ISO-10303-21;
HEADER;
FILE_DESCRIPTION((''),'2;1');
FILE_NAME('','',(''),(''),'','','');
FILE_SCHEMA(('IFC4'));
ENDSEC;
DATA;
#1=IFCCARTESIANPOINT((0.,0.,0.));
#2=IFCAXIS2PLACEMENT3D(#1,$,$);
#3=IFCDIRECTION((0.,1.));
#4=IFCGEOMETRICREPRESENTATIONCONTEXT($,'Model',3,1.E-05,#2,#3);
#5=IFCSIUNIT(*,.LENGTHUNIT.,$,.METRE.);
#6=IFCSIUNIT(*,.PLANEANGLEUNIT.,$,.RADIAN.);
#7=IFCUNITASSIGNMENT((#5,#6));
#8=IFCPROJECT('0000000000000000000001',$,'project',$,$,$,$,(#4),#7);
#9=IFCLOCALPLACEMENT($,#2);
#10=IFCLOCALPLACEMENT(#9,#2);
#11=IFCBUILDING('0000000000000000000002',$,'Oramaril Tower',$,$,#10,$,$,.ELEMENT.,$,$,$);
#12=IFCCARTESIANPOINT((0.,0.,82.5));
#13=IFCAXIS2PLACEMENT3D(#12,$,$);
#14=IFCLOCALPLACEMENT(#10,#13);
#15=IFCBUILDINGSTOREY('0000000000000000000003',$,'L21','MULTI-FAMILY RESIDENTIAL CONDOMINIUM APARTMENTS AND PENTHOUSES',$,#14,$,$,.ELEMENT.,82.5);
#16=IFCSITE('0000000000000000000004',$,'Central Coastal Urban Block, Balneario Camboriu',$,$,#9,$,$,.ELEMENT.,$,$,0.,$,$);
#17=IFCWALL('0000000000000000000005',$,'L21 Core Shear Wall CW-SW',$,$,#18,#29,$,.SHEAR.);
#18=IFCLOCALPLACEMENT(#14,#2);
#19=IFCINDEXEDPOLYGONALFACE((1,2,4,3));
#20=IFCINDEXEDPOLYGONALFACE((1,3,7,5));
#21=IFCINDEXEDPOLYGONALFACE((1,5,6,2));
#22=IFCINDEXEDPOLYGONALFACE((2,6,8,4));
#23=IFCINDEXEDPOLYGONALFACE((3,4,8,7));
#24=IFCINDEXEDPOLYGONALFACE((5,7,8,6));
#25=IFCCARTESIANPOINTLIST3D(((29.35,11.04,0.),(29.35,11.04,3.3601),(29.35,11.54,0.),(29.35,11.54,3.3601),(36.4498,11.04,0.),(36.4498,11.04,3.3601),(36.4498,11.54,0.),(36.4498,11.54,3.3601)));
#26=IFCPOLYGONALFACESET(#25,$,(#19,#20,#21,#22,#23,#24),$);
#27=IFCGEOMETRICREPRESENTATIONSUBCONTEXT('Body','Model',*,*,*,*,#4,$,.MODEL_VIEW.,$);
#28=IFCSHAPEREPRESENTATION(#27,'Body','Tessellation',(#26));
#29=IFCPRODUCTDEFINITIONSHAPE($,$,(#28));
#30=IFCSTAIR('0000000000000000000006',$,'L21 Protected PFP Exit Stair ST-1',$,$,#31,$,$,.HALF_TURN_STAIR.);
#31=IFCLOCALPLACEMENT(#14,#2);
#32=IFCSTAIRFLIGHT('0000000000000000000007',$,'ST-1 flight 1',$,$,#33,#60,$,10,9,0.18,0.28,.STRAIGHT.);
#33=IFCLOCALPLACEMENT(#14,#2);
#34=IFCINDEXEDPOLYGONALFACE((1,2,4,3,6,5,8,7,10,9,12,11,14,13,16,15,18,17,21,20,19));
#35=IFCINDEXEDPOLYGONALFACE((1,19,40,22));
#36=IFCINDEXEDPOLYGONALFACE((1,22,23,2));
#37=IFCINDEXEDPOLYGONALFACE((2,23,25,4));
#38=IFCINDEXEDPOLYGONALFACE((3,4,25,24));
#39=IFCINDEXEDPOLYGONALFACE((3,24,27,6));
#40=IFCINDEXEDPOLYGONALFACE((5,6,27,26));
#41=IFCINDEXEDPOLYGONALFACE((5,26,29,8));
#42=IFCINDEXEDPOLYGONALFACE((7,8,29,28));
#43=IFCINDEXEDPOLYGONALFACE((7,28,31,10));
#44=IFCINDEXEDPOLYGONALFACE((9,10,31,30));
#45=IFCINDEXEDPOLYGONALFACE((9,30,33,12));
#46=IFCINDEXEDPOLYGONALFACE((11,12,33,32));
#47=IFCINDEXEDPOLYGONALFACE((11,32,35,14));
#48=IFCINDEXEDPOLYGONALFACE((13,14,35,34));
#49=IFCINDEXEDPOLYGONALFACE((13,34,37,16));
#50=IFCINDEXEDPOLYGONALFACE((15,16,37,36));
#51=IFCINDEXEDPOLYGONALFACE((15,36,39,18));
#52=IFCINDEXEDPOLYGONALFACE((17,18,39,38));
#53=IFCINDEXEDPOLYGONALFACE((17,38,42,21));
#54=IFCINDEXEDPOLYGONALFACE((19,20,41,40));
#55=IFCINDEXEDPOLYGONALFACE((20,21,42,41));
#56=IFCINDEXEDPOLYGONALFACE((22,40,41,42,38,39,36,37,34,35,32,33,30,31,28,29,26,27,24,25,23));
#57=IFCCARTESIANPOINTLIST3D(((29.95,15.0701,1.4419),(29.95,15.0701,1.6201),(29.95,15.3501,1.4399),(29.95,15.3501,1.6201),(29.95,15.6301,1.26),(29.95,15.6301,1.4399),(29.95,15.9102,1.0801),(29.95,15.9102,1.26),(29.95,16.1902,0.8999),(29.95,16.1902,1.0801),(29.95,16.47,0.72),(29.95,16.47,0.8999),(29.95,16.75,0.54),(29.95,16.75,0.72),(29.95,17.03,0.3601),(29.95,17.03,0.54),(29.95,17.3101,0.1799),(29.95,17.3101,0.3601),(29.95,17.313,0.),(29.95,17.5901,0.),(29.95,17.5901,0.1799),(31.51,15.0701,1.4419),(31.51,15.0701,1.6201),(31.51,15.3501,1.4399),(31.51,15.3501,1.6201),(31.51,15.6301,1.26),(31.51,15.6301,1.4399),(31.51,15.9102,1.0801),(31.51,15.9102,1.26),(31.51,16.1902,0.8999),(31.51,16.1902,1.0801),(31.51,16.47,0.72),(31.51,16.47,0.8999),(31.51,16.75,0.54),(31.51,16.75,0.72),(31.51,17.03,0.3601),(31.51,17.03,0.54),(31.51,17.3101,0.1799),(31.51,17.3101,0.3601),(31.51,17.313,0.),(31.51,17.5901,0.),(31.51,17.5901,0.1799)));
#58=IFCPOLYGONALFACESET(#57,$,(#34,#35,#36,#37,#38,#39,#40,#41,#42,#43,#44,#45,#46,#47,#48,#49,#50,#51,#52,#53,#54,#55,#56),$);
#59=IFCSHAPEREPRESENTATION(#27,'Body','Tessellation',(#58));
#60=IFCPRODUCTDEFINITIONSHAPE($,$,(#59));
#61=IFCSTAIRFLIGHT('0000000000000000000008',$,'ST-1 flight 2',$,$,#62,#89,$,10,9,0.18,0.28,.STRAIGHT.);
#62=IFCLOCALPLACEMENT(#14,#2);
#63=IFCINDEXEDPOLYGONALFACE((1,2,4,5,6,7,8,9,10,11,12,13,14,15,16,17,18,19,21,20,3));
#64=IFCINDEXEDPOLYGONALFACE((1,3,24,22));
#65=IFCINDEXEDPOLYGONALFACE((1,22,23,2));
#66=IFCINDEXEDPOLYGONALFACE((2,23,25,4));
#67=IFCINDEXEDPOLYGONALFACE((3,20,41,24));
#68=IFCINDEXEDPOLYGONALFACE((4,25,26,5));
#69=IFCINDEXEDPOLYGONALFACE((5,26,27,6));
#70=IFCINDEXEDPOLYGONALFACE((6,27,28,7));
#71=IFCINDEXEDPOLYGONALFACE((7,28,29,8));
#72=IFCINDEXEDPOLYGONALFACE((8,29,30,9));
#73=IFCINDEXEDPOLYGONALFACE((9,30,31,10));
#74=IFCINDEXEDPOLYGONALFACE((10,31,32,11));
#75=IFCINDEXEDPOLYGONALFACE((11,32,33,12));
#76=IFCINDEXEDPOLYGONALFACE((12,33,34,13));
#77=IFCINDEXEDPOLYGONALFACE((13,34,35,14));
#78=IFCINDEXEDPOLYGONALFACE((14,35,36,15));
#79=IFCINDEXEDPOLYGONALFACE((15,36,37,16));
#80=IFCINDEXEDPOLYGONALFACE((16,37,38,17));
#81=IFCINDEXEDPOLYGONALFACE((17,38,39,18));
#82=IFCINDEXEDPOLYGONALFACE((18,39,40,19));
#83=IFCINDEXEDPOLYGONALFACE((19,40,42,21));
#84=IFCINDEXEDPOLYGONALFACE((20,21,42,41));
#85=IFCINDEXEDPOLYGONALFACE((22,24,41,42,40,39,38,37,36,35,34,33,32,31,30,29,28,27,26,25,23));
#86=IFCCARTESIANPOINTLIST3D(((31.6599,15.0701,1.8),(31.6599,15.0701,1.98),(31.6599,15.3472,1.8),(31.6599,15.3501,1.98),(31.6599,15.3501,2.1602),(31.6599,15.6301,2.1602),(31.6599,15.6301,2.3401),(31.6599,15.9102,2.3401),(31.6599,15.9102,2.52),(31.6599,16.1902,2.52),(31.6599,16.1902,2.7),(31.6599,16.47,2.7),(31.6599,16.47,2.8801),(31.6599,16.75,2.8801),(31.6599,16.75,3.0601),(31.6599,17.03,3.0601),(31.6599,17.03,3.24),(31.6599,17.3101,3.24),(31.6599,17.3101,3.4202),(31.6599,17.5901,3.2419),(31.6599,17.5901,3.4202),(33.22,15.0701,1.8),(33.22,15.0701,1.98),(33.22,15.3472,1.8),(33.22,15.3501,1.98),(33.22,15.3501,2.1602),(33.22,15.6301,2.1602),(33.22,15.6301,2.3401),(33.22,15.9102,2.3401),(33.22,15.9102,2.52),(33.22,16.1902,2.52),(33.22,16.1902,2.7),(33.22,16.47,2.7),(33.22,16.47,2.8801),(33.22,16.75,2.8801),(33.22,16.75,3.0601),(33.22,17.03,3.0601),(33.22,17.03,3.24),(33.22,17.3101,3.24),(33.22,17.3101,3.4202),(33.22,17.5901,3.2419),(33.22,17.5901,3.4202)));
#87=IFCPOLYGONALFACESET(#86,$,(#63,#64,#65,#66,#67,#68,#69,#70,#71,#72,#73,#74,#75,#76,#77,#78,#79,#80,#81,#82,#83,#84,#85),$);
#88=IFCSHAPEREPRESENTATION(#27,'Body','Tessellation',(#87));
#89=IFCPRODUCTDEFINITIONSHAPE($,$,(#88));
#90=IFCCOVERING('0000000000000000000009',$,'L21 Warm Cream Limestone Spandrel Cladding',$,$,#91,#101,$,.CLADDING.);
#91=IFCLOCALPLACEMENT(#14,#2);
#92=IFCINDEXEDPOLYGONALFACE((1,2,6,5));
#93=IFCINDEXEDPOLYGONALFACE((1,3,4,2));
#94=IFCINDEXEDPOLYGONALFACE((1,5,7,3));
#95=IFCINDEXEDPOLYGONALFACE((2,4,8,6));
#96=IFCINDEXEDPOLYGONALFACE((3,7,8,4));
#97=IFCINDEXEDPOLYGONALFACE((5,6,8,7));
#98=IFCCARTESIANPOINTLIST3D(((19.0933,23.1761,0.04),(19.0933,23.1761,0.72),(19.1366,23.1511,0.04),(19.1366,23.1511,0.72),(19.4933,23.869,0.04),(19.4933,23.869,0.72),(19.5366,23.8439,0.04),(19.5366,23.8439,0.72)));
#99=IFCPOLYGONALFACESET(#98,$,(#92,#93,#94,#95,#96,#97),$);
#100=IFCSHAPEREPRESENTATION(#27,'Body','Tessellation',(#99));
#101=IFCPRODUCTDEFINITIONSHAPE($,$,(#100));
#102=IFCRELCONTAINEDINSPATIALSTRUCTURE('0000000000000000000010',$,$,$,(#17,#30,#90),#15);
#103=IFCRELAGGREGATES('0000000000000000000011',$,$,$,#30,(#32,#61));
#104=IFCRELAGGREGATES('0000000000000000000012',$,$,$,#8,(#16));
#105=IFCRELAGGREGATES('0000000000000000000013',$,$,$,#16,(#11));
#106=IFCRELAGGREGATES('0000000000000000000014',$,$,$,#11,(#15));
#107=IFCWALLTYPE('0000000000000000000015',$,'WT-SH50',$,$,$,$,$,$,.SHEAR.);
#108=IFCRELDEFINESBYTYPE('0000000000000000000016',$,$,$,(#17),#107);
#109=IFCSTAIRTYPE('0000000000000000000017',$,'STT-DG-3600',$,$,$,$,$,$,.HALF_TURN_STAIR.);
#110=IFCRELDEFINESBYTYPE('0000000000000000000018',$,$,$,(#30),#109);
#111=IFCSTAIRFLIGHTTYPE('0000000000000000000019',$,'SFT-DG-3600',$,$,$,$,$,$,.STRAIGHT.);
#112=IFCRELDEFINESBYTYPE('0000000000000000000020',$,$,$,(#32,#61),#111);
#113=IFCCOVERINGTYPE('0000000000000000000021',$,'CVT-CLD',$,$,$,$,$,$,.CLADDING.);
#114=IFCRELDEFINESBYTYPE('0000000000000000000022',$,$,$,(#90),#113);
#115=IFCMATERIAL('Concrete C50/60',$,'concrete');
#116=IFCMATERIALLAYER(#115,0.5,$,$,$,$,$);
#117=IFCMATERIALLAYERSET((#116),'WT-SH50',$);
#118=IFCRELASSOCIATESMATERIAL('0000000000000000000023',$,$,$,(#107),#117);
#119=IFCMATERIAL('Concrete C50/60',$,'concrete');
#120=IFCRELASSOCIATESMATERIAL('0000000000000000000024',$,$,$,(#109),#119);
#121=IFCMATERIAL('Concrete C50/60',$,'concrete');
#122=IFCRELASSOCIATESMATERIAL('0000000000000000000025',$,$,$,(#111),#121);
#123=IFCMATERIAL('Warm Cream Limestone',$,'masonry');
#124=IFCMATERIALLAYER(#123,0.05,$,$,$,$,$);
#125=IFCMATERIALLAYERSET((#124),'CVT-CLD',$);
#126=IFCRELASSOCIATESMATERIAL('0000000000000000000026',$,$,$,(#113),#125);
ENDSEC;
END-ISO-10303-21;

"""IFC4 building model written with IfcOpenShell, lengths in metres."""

from ifc_helpers import new_model, si_unit, direction, frame, frame_2d, origin, origin_2d, place, context, subcontext, project, spatial, polyline, rectangle, outline, extrude, material, layer, layer_set, type_object, element, aggregate, save


model = new_model("IFC4")

# Units and contexts
model_context = context("Model", 3, precision=1e-05, world=origin(), true_north=direction((0.0, 1.0)))
body_context = subcontext(model_context, "Body", "Model", "MODEL_VIEW")
ifc_project = project(units=[si_unit("LENGTHUNIT", "METRE"), si_unit("PLANEANGLEUNIT", "RADIAN")], contexts=[model_context])

# Site, building, storey
site_placement = place(None, origin())
site = spatial("IfcSite", under=ifc_project, at=site_placement, Name="Central Coastal Urban Block, Balneario Camboriu", CompositionType="ELEMENT", RefElevation=0.0)
building_placement = place(site_placement, origin())
building = spatial("IfcBuilding", under=site, at=building_placement, Name="Oramaril Tower", CompositionType="ELEMENT")
storey_placement = place(building_placement, frame((0.0, 0.0, 82.5)))
storey = spatial("IfcBuildingStorey", under=building, at=storey_placement, Name="L21", Description="MULTI-FAMILY RESIDENTIAL CONDOMINIUM APARTMENTS AND PENTHOUSES", CompositionType="ELEMENT", Elevation=82.5)

# Wall
ifc_material_1 = material(Name="Concrete C50/60", Category="concrete")
ifc_layer_1 = layer(ifc_material_1, 0.5)
ifc_layer_set_1 = layer_set([ifc_layer_1], Name="WT-SH50")
wall_type_1 = type_object("IfcWallType", Name="WT-SH50", PredefinedType="SHEAR", material=ifc_layer_set_1)
wall_1_placement = place(storey_placement, frame((29.3501, 11.29, 0.0), z_axis=(0.0, 0.0, 1.0), x_axis=(1.0, 0.0, 0.0)))
element("IfcWall", 1, at=wall_1_placement, inside=storey, type_object=wall_type_1, Name="L21 Core Shear Wall CW-SW", PredefinedType="SHEAR", context=body_context, shape_type="SweptSolid", body=[
    extrude(rectangle(XDim=7.0999, YDim=0.5, at=frame_2d((3.5498, 0.0))), origin(), (0.0, 0.0, 1.0), 3.3601),
])

# Stair, stair flights
ifc_material_2 = material(Name="Concrete C50/60", Category="concrete")
stair_type = type_object("IfcStairType", Name="STT-DG-3600", PredefinedType="HALF_TURN_STAIR", material=ifc_material_2)
stair_placement = place(storey_placement, origin())
stair = element("IfcStair", 2, at=stair_placement, inside=storey, type_object=stair_type, Name="L21 Protected PFP Exit Stair ST-1", PredefinedType="HALF_TURN_STAIR")
ifc_material_3 = material(Name="Concrete C50/60", Category="concrete")
stair_flight_type = type_object("IfcStairFlightType", Name="SFT-DG-3600", PredefinedType="STRAIGHT", material=ifc_material_3)
stair_flight_1_placement = place(storey_placement, frame((30.73, 17.5901, 0.0), z_axis=(0.0, 0.0, 1.0), x_axis=(0.0, -1.0, 0.0)))
stair_flight_1 = element("IfcStairFlight", 3, at=stair_flight_1_placement, type_object=stair_flight_type, Name="ST-1 flight 1", NumberOfRisers=10, NumberOfTreads=9, PredefinedType="STRAIGHT", RiserHeight=0.18, TreadLength=0.28, context=body_context, shape_type="SweptSolid", body=[
    extrude(outline(polyline([(0.0, 0.0), (0.0, 0.1799), (0.28, 0.1799), (0.28, 0.3601), (0.5601, 0.3601), (0.5601, 0.54), (0.8401, 0.54), (0.8401, 0.72), (1.1201, 0.72), (1.1201, 0.8999), (1.3999, 0.8999), (1.3999, 1.0801), (1.6799, 1.0801), (1.6799, 1.26), (1.96, 1.26), (1.96, 1.4399), (2.24, 1.4399), (2.24, 1.6201), (2.52, 1.6201), (2.52, 1.8), (2.52, 1.4419), (0.2771, 0.0), (0.0, 0.0)])), frame((0.0, 0.78, 0.0), z_axis=(0.0, -1.0, 0.0), x_axis=(1.0, 0.0, 0.0)), (0.0, 0.0, 1.0), 1.5601),
])
stair_flight_2_placement = place(storey_placement, frame((32.4399, 15.0701, 1.8), z_axis=(0.0, 0.0, 1.0), x_axis=(0.0, 1.0, 0.0)))
stair_flight_2 = element("IfcStairFlight", 4, at=stair_flight_2_placement, type_object=stair_flight_type, Name="ST-1 flight 2", NumberOfRisers=10, NumberOfTreads=9, PredefinedType="STRAIGHT", RiserHeight=0.18, TreadLength=0.28, context=body_context, shape_type="SweptSolid", body=[
    extrude(outline(polyline([(0.0, 0.0), (0.0, 0.1799), (0.28, 0.1799), (0.28, 0.3601), (0.5601, 0.3601), (0.5601, 0.54), (0.8401, 0.54), (0.8401, 0.72), (1.1201, 0.72), (1.1201, 0.8999), (1.3999, 0.8999), (1.3999, 1.0801), (1.6799, 1.0801), (1.6799, 1.26), (1.96, 1.26), (1.96, 1.4399), (2.24, 1.4399), (2.24, 1.6201), (2.52, 1.6201), (2.52, 1.8), (2.52, 1.4419), (0.2771, 0.0), (0.0, 0.0)])), frame((0.0, 0.78, 0.0), z_axis=(0.0, -1.0, 0.0), x_axis=(1.0, 0.0, 0.0)), (0.0, 0.0, 1.0), 1.5601),
])
aggregate(stair, [stair_flight_1, stair_flight_2])

# Covering
ifc_material_4 = material(Name="Warm Cream Limestone", Category="masonry")
ifc_layer_2 = layer(ifc_material_4, 0.05)
ifc_layer_set_2 = layer_set([ifc_layer_2], Name="CVT-CLD")
covering_type = type_object("IfcCoveringType", Name="CVT-CLD", PredefinedType="CLADDING", material=ifc_layer_set_2)
covering_placement = place(storey_placement, frame((19.3149, 23.51, 0.04), z_axis=(0.0, 0.0, 1.0), x_axis=(-0.5, -0.866025, 0.0)))
element("IfcCovering", 5, at=covering_placement, inside=storey, type_object=covering_type, Name="L21 Warm Cream Limestone Spandrel Cladding", PredefinedType="CLADDING", context=body_context, shape_type="SweptSolid", body=[
    extrude(rectangle(XDim=0.8, YDim=0.05, at=origin_2d()), origin(), (0.0, 0.0, 1.0), 0.6799),
])

save(model, "model.ifc")
